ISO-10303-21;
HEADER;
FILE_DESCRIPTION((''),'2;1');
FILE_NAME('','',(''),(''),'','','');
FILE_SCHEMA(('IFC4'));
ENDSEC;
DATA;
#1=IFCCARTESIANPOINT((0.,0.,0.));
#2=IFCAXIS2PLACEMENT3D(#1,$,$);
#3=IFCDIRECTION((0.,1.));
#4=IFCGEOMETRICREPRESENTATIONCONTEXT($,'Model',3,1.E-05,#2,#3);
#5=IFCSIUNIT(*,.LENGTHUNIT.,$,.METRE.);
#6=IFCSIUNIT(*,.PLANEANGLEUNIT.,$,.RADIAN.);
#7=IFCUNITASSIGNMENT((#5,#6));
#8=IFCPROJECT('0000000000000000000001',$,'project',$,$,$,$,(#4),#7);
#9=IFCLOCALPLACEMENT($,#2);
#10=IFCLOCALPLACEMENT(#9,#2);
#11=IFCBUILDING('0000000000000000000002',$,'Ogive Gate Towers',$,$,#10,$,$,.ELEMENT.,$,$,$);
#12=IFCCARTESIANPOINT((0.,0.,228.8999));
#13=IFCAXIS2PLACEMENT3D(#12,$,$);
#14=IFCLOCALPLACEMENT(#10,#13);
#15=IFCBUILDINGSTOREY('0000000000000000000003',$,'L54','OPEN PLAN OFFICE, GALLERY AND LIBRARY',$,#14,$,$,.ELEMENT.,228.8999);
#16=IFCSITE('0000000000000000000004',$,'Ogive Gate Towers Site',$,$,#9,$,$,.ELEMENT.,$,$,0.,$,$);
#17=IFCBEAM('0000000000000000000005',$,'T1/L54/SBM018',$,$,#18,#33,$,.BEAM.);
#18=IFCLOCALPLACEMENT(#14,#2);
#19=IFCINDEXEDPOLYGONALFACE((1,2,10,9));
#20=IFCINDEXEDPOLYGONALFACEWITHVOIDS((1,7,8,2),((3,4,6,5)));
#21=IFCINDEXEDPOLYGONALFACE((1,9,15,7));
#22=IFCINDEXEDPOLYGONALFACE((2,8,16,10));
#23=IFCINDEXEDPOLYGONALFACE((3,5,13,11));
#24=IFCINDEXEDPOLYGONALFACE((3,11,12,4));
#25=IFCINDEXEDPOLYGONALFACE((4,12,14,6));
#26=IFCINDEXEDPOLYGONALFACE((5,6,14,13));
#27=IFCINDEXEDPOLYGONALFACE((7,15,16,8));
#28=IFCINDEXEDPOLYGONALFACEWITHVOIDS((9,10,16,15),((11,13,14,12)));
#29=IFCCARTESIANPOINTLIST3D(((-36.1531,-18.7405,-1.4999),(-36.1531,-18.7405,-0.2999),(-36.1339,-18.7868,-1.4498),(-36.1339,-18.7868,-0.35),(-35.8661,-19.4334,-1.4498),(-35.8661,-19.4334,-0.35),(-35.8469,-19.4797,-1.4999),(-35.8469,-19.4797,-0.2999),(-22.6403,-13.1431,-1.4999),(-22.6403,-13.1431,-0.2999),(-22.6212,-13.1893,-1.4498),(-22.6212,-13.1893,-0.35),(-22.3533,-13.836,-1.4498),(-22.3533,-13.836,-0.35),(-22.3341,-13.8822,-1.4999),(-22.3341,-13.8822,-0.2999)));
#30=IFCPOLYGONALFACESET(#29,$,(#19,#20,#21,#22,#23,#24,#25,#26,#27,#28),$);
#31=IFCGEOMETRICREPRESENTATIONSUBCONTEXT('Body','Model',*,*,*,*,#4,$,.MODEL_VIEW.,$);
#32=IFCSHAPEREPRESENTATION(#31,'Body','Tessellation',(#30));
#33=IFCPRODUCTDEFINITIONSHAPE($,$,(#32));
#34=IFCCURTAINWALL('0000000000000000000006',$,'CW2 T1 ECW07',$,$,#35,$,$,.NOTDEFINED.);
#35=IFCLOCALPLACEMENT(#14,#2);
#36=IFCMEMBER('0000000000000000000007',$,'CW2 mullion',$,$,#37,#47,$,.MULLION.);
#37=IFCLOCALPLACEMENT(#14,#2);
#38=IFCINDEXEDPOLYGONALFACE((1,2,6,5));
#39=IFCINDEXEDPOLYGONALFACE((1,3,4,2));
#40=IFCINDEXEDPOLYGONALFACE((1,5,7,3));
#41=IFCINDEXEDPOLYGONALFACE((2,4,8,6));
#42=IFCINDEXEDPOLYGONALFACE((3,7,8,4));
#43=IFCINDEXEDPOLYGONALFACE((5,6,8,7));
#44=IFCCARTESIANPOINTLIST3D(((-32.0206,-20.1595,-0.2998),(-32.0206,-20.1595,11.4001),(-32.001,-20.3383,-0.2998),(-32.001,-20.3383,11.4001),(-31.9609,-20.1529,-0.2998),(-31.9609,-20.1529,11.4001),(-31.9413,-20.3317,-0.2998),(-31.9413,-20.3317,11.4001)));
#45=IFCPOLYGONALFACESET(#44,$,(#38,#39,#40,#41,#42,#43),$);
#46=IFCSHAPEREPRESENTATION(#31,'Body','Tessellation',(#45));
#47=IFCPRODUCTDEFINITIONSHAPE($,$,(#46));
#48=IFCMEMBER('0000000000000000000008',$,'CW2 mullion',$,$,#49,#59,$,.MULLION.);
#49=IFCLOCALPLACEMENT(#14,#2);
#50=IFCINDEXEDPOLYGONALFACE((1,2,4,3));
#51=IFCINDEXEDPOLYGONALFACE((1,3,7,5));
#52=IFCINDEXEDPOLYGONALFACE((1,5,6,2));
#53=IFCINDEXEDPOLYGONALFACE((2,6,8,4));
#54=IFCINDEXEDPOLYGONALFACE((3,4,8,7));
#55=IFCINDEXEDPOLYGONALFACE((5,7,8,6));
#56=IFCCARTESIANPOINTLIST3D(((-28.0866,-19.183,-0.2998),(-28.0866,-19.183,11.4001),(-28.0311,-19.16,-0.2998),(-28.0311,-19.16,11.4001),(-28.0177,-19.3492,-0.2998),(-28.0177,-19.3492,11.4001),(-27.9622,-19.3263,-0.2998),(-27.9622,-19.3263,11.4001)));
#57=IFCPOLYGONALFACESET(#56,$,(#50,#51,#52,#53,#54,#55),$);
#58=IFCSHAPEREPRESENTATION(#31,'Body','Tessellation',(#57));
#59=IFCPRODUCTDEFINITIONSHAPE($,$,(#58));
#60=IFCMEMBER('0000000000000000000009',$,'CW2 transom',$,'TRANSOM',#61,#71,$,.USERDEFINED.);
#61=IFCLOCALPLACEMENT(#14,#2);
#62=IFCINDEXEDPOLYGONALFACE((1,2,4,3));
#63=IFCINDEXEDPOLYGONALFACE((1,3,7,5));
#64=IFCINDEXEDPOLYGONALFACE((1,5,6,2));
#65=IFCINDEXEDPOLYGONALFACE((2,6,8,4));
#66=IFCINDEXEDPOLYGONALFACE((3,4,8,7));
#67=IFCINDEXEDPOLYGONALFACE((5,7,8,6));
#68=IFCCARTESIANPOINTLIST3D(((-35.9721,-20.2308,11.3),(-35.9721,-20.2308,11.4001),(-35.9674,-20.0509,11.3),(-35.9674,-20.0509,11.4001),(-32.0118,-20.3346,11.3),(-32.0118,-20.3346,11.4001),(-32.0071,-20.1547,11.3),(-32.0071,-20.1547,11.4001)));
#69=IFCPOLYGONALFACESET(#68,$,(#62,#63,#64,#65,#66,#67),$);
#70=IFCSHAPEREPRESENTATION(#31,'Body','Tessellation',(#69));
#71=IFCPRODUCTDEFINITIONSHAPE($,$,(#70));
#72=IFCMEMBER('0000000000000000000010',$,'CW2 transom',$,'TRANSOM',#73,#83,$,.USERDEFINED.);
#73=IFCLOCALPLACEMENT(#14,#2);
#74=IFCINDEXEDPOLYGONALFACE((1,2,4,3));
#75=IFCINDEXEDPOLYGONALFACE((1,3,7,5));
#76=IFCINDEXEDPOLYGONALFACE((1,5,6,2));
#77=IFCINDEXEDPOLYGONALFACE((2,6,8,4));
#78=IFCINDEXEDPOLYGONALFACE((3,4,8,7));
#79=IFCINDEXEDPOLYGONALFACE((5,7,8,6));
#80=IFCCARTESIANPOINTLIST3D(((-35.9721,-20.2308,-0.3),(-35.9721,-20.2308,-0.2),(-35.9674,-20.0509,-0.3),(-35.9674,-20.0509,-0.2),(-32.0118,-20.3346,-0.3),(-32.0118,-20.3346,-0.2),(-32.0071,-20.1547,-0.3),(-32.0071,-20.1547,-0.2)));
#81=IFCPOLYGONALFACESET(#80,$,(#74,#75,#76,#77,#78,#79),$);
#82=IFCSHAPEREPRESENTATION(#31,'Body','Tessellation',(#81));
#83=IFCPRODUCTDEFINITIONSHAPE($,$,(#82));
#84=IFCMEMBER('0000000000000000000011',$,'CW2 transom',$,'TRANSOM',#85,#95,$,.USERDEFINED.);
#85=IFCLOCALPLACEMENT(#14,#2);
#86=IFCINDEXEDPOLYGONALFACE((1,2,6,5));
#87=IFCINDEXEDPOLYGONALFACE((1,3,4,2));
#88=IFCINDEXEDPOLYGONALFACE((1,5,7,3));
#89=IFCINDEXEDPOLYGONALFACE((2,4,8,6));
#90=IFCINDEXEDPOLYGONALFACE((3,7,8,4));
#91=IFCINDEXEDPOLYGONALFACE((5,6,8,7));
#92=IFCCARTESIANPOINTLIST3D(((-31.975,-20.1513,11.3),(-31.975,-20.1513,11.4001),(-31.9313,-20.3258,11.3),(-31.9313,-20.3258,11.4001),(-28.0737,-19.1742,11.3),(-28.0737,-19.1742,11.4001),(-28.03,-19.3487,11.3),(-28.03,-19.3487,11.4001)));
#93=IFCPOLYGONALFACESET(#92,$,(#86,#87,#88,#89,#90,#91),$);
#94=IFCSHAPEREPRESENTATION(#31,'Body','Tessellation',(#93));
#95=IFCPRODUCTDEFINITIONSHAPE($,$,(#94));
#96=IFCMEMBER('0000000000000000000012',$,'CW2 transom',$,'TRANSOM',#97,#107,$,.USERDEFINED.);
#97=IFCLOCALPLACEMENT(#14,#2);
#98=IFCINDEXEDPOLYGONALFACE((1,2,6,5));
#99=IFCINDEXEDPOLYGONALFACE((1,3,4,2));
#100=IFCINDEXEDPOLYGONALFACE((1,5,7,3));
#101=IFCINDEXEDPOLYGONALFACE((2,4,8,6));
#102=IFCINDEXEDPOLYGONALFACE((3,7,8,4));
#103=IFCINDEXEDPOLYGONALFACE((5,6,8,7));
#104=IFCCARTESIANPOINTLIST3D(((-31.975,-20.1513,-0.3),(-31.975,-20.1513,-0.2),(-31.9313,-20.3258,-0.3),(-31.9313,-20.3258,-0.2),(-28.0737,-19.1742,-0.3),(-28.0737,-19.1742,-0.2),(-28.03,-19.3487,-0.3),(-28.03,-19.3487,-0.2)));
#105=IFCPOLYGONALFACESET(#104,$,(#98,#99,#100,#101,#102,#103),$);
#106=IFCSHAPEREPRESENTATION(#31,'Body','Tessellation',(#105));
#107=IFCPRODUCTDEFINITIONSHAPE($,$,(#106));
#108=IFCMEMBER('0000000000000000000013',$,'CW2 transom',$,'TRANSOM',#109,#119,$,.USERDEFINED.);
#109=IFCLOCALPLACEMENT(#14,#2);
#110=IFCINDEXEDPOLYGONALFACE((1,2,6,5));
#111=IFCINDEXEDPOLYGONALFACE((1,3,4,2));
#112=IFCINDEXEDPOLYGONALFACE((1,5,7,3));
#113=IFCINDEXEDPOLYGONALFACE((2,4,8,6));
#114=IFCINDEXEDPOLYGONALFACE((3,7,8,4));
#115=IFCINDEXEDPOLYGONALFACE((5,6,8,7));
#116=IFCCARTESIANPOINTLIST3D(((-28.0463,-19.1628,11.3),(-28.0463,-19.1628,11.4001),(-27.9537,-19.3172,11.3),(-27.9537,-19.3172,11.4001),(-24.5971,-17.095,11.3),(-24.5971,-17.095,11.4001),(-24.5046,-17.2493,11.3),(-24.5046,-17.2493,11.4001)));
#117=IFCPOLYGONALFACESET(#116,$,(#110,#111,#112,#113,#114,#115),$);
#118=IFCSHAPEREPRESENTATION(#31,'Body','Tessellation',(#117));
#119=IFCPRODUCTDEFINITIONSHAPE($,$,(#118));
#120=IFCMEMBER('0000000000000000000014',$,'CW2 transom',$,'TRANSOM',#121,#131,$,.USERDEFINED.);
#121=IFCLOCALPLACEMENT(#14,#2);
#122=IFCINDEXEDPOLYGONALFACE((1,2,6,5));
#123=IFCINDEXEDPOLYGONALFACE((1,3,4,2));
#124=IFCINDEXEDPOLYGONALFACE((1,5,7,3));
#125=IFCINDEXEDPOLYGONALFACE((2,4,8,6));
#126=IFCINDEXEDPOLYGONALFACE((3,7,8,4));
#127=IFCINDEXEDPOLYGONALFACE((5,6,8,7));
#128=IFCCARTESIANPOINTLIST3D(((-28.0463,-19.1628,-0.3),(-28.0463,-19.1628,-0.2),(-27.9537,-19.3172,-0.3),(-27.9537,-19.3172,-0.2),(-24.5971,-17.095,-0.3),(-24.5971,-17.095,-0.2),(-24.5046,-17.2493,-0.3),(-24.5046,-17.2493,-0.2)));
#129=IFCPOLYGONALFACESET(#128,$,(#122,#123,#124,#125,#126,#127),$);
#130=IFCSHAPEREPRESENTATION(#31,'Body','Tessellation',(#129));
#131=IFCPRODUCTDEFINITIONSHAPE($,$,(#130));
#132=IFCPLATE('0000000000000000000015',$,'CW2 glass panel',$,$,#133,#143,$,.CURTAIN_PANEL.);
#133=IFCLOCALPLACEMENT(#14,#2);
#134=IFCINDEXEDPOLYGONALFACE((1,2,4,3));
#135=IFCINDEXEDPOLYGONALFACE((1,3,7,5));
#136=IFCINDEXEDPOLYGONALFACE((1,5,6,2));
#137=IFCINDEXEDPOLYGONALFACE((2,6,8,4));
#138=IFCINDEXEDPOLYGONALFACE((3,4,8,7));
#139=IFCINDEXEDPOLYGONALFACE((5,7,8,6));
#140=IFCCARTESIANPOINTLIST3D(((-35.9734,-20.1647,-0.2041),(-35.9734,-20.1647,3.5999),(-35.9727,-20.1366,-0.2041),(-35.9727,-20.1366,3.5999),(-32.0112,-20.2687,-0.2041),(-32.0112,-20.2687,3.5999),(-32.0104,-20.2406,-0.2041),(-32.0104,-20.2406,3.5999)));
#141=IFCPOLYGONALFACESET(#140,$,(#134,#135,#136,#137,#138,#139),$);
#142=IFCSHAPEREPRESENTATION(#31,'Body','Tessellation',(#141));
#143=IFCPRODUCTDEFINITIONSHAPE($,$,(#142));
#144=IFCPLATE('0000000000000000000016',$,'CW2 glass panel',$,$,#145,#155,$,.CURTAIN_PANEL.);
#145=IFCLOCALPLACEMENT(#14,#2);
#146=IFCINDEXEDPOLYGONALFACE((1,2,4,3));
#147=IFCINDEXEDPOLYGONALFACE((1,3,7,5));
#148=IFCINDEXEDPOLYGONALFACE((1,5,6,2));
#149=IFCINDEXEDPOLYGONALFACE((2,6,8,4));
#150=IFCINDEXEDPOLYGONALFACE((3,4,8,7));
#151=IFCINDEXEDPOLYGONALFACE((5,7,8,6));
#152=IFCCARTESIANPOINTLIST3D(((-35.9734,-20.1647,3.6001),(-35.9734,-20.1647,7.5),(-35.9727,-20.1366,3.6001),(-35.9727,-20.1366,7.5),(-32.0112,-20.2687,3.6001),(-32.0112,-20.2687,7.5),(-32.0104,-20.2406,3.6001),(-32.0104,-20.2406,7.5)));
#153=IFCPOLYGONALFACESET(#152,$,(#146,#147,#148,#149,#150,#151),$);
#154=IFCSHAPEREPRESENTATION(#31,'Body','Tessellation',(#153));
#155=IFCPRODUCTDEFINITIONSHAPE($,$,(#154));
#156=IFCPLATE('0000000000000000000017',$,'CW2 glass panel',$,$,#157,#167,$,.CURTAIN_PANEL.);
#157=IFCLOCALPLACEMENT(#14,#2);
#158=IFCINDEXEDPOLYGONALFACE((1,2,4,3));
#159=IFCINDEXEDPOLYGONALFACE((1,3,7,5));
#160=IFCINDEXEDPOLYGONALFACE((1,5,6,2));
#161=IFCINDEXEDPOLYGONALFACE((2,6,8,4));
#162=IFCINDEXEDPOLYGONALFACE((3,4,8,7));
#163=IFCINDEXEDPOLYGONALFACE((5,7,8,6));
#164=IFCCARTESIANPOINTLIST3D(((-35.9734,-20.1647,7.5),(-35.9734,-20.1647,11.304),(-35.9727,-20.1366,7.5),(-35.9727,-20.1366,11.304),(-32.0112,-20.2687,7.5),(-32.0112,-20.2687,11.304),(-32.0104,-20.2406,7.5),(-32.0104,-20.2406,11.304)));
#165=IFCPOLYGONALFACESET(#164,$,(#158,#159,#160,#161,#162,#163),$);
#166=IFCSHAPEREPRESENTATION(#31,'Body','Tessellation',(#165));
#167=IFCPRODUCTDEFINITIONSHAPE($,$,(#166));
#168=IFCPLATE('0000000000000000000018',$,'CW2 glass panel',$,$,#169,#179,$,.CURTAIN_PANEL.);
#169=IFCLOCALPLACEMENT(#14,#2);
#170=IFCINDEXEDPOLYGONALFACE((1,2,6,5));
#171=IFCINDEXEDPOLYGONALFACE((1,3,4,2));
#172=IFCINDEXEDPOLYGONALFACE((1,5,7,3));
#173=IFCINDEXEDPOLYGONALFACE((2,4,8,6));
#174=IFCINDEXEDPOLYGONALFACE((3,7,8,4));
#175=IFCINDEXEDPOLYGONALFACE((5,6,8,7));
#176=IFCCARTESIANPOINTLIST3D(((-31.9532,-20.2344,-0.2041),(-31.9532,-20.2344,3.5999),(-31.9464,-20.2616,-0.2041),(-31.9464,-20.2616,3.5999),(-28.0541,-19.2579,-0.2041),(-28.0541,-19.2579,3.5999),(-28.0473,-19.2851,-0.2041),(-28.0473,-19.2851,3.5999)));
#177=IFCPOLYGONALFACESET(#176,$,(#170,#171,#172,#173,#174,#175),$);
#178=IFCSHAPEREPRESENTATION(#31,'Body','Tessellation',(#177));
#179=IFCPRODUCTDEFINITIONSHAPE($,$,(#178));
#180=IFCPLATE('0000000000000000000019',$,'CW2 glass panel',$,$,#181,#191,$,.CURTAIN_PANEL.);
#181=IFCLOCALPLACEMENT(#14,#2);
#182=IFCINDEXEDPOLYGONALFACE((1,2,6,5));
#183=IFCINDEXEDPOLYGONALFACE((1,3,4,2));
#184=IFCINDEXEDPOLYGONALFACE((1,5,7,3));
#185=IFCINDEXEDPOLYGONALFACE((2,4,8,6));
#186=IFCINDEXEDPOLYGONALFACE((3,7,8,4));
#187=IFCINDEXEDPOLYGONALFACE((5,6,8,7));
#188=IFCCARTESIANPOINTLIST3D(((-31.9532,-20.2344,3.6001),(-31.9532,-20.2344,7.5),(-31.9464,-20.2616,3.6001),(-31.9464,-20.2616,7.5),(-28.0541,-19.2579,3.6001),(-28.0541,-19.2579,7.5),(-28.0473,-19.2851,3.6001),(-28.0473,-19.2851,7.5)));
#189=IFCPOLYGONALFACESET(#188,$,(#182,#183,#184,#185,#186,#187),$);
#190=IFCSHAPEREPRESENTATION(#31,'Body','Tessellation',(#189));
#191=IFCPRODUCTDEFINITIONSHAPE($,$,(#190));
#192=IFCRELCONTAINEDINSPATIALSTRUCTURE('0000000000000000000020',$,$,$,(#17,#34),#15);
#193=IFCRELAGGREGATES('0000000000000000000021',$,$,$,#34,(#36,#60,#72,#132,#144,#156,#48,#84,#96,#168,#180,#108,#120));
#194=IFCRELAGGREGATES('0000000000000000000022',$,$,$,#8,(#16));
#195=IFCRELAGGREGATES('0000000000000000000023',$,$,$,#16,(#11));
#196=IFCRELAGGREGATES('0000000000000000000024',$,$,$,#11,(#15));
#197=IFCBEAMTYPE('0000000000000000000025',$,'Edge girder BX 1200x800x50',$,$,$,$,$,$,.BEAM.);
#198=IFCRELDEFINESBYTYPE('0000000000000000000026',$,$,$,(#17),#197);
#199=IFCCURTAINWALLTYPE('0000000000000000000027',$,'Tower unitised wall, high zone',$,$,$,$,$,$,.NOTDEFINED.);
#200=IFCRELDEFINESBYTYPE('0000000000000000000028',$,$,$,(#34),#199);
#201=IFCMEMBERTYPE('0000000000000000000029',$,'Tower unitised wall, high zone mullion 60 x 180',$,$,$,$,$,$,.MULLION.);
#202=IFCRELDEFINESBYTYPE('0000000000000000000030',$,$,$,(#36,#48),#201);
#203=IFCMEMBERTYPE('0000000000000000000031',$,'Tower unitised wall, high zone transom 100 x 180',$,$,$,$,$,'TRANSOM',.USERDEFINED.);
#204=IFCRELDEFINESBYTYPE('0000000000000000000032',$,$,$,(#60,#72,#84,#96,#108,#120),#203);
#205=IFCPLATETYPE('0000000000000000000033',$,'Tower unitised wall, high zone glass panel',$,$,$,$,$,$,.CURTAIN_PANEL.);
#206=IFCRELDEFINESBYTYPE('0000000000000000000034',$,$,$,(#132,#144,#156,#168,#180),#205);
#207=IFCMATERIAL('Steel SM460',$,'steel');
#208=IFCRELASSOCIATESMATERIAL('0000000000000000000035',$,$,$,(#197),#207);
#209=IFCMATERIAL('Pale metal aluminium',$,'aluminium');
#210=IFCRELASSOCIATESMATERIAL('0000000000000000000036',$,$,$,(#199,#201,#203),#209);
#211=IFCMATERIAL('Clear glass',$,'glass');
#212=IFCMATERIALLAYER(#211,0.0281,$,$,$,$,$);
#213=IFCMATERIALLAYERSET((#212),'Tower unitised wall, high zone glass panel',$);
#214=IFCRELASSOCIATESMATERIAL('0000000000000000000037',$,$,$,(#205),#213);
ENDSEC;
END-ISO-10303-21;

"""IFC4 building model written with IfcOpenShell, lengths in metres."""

from ifc_helpers import new_model, si_unit, direction, frame, origin, origin_2d, place, context, subcontext, project, spatial, rectangle, hollow_rectangle, extrude, material, layer, layer_set, material_profile, profile_set, type_object, element, aggregate, save


model = new_model("IFC4")

# Units and contexts
model_context = context("Model", 3, precision=1e-05, world=origin(), true_north=direction((0.0, 1.0)))
body_context = subcontext(model_context, "Body", "Model", "MODEL_VIEW")
ifc_project = project(units=[si_unit("LENGTHUNIT", "METRE"), si_unit("PLANEANGLEUNIT", "RADIAN")], contexts=[model_context])

# Site, building, storey
site_placement = place(None, origin())
site = spatial("IfcSite", under=ifc_project, at=site_placement, Name="Ogive Gate Towers Site", CompositionType="ELEMENT", RefElevation=0.0)
building_placement = place(site_placement, origin())
building = spatial("IfcBuilding", under=site, at=building_placement, Name="Ogive Gate Towers", CompositionType="ELEMENT")
storey_placement = place(building_placement, frame((0.0, 0.0, 228.8999)))
storey = spatial("IfcBuildingStorey", under=building, at=storey_placement, Name="L54", Description="OPEN PLAN OFFICE, GALLERY AND LIBRARY", CompositionType="ELEMENT", Elevation=228.8999)

# Beam
ifc_material_1 = material(Name="Steel SM460", Category="steel")
ifc_material_profile_1 = material_profile(ifc_material_1, hollow_rectangle(XDim=0.8, YDim=1.2, WallThickness=0.05, at=origin_2d()), Name="BX 1200x800x50")
ifc_profile_set_1 = profile_set([ifc_material_profile_1], Name="Steel SM460")
beam_type = type_object("IfcBeamType", Name="Edge girder BX 1200x800x50", PredefinedType="BEAM", material=ifc_profile_set_1)
beam_placement = place(storey_placement, frame((-36.0, -19.1101, -0.8999), z_axis=(0.923873, 0.382699, 0.0), x_axis=(-0.382699, 0.923873, 0.0)))
element("IfcBeam", 1, at=beam_placement, inside=storey, type_object=beam_type, Name="T1/L54/SBM018", PredefinedType="BEAM", context=body_context, shape_type="SweptSolid", body=[
    extrude(hollow_rectangle(XDim=0.8, YDim=1.2, WallThickness=0.05, at=origin_2d()), origin(), (0.0, 0.0, 1.0), 14.6262),
])

# Curtain wall, members, plates
ifc_material_2 = material(Name="Pale metal aluminium", Category="aluminium")
curtain_wall_type = type_object("IfcCurtainWallType", Name="Tower unitised wall, high zone", PredefinedType="NOTDEFINED", material=ifc_material_2)
curtain_wall_placement = place(storey_placement, origin())
curtain_wall = element("IfcCurtainWall", 2, at=curtain_wall_placement, inside=storey, type_object=curtain_wall_type, Name="CW2 T1 ECW07", PredefinedType="NOTDEFINED")
ifc_material_profile_2 = material_profile(ifc_material_2, rectangle(XDim=0.1799, YDim=0.0601, at=origin_2d()), Name="60 x 180 aluminium box")
ifc_profile_set_2 = profile_set([ifc_material_profile_2], Name="Pale metal aluminium")
member_type_1 = type_object("IfcMemberType", Name="Tower unitised wall, high zone mullion 60 x 180", PredefinedType="MULLION", material=ifc_profile_set_2)
member_1_placement = place(storey_placement, frame((-31.981, -20.2456, -0.2998), z_axis=(0.0, 0.0, 1.0), x_axis=(0.10937, -0.994001, 0.0)))
member_1 = element("IfcMember", 3, at=member_1_placement, type_object=member_type_1, Name="CW2 mullion", PredefinedType="MULLION", context=body_context, shape_type="SweptSolid", body=[
    extrude(rectangle(XDim=0.1799, YDim=0.0601, at=origin_2d()), origin(), (0.0, 0.0, 1.0), 11.7),
])
member_2_placement = place(storey_placement, frame((-28.0244, -19.2546, -0.2998), z_axis=(0.0, 0.0, 1.0), x_axis=(0.3827, -0.923873, 0.0)))
member_2 = element("IfcMember", 4, at=member_2_placement, type_object=member_type_1, Name="CW2 mullion", PredefinedType="MULLION", context=body_context, shape_type="SweptSolid", body=[
    extrude(rectangle(XDim=0.1799, YDim=0.0601, at=origin_2d()), origin(), (0.0, 0.0, 1.0), 11.7),
])
ifc_material_profile_3 = material_profile(ifc_material_2, rectangle(XDim=0.1799, YDim=0.1001, at=origin_2d()), Name="100 x 180 aluminium box")
ifc_profile_set_3 = profile_set([ifc_material_profile_3], Name="Pale metal aluminium")
member_type_2 = type_object("IfcMemberType", Name="Tower unitised wall, high zone transom 100 x 180", ElementType="TRANSOM", PredefinedType="USERDEFINED", material=ifc_profile_set_3)
member_3_placement = place(storey_placement, frame((-35.9697, -20.1409, 11.3501), z_axis=(0.999657, -0.026192, 0.0), x_axis=(0.026192, 0.999657, 0.0)))
member_3 = element("IfcMember", 5, at=member_3_placement, type_object=member_type_2, Name="CW2 transom", ObjectType="TRANSOM", PredefinedType="USERDEFINED", context=body_context, shape_type="SweptSolid", body=[
    extrude(rectangle(XDim=0.1799, YDim=0.1001, at=origin_2d()), origin(), (0.0, 0.0, 1.0), 3.9617),
])
member_4_placement = place(storey_placement, frame((-35.9697, -20.1409, -0.25), z_axis=(0.999657, -0.026192, 0.0), x_axis=(0.026192, 0.999657, 0.0)))
member_4 = element("IfcMember", 6, at=member_4_placement, type_object=member_type_2, Name="CW2 transom", ObjectType="TRANSOM", PredefinedType="USERDEFINED", context=body_context, shape_type="SweptSolid", body=[
    extrude(rectangle(XDim=0.1799, YDim=0.1001, at=origin_2d()), origin(), (0.0, 0.0, 1.0), 3.9617),
])
member_5_placement = place(storey_placement, frame((-31.9531, -20.2385, 11.3501), z_axis=(0.970039, 0.24295, 0.0), x_axis=(-0.24295, 0.970039, 0.0)))
member_5 = element("IfcMember", 7, at=member_5_placement, type_object=member_type_2, Name="CW2 transom", ObjectType="TRANSOM", PredefinedType="USERDEFINED", context=body_context, shape_type="SweptSolid", body=[
    extrude(rectangle(XDim=0.1799, YDim=0.1001, at=origin_2d()), origin(), (0.0, 0.0, 1.0), 4.0217),
])
member_6_placement = place(storey_placement, frame((-31.9531, -20.2385, -0.25), z_axis=(0.970039, 0.24295, 0.0), x_axis=(-0.24295, 0.970039, 0.0)))
member_6 = element("IfcMember", 8, at=member_6_placement, type_object=member_type_2, Name="CW2 transom", ObjectType="TRANSOM", PredefinedType="USERDEFINED", context=body_context, shape_type="SweptSolid", body=[
    extrude(rectangle(XDim=0.1799, YDim=0.1001, at=origin_2d()), origin(), (0.0, 0.0, 1.0), 4.0217),
])
member_7_placement = place(storey_placement, frame((-28.0, -19.24, 11.3501), z_axis=(0.857675, 0.514192, 0.0), x_axis=(-0.514192, 0.857675, 0.0)))
member_7 = element("IfcMember", 9, at=member_7_placement, type_object=member_type_2, Name="CW2 transom", ObjectType="TRANSOM", PredefinedType="USERDEFINED", context=body_context, shape_type="SweptSolid", body=[
    extrude(rectangle(XDim=0.1799, YDim=0.1001, at=origin_2d()), origin(), (0.0, 0.0, 1.0), 4.0215),
])
member_8_placement = place(storey_placement, frame((-28.0, -19.24, -0.25), z_axis=(0.857675, 0.514192, 0.0), x_axis=(-0.514192, 0.857675, 0.0)))
member_8 = element("IfcMember", 10, at=member_8_placement, type_object=member_type_2, Name="CW2 transom", ObjectType="TRANSOM", PredefinedType="USERDEFINED", context=body_context, shape_type="SweptSolid", body=[
    extrude(rectangle(XDim=0.1799, YDim=0.1001, at=origin_2d()), origin(), (0.0, 0.0, 1.0), 4.0215),
])
ifc_material_3 = material(Name="Clear glass", Category="glass")
ifc_layer_1 = layer(ifc_material_3, 0.0281)
ifc_layer_set_1 = layer_set([ifc_layer_1], Name="Tower unitised wall, high zone glass panel")
plate_type = type_object("IfcPlateType", Name="Tower unitised wall, high zone glass panel", PredefinedType="CURTAIN_PANEL", material=ifc_layer_set_1)
plate_1_placement = place(storey_placement, frame((-33.9919, -20.2026, -0.2041), z_axis=(0.0, 0.0, 1.0), x_axis=(0.999656, -0.026229, 0.0)))
plate_1 = element("IfcPlate", 11, at=plate_1_placement, type_object=plate_type, Name="CW2 glass panel", PredefinedType="CURTAIN_PANEL", context=body_context, shape_type="SweptSolid", body=[
    extrude(rectangle(XDim=3.9636, YDim=0.0281, at=origin_2d()), origin(), (0.0, 0.0, 1.0), 3.804),
])
plate_2_placement = place(storey_placement, frame((-33.9919, -20.2026, 3.6001), z_axis=(0.0, 0.0, 1.0), x_axis=(0.999656, -0.026229, 0.0)))
plate_2 = element("IfcPlate", 12, at=plate_2_placement, type_object=plate_type, Name="CW2 glass panel", PredefinedType="CURTAIN_PANEL", context=body_context, shape_type="SweptSolid", body=[
    extrude(rectangle(XDim=3.9636, YDim=0.0281, at=origin_2d()), origin(), (0.0, 0.0, 1.0), 3.8999),
])
plate_3_placement = place(storey_placement, frame((-33.9919, -20.2026, 7.5), z_axis=(0.0, 0.0, 1.0), x_axis=(0.999656, -0.026229, 0.0)))
plate_3 = element("IfcPlate", 13, at=plate_3_placement, type_object=plate_type, Name="CW2 glass panel", PredefinedType="CURTAIN_PANEL", context=body_context, shape_type="SweptSolid", body=[
    extrude(rectangle(XDim=3.9636, YDim=0.0281, at=origin_2d()), origin(), (0.0, 0.0, 1.0), 3.804),
])
plate_4_placement = place(storey_placement, frame((-30.0002, -19.7598, -0.2041), z_axis=(0.0, 0.0, 1.0), x_axis=(0.970042, 0.242938, 0.0)))
plate_4 = element("IfcPlate", 14, at=plate_4_placement, type_object=plate_type, Name="CW2 glass panel", PredefinedType="CURTAIN_PANEL", context=body_context, shape_type="SweptSolid", body=[
    extrude(rectangle(XDim=4.0195, YDim=0.0281, at=origin_2d()), origin(), (0.0, 0.0, 1.0), 3.804),
])
plate_5_placement = place(storey_placement, frame((-30.0002, -19.7598, 3.6001), z_axis=(0.0, 0.0, 1.0), x_axis=(0.970042, 0.242938, 0.0)))
plate_5 = element("IfcPlate", 15, at=plate_5_placement, type_object=plate_type, Name="CW2 glass panel", PredefinedType="CURTAIN_PANEL", context=body_context, shape_type="SweptSolid", body=[
    extrude(rectangle(XDim=4.0195, YDim=0.0281, at=origin_2d()), origin(), (0.0, 0.0, 1.0), 3.8999),
])
aggregate(curtain_wall, [member_1, member_3, member_4, plate_1, plate_2, plate_3, member_2, member_5, member_6, plate_4, plate_5, member_7, member_8])

save(model, "model.ifc")
